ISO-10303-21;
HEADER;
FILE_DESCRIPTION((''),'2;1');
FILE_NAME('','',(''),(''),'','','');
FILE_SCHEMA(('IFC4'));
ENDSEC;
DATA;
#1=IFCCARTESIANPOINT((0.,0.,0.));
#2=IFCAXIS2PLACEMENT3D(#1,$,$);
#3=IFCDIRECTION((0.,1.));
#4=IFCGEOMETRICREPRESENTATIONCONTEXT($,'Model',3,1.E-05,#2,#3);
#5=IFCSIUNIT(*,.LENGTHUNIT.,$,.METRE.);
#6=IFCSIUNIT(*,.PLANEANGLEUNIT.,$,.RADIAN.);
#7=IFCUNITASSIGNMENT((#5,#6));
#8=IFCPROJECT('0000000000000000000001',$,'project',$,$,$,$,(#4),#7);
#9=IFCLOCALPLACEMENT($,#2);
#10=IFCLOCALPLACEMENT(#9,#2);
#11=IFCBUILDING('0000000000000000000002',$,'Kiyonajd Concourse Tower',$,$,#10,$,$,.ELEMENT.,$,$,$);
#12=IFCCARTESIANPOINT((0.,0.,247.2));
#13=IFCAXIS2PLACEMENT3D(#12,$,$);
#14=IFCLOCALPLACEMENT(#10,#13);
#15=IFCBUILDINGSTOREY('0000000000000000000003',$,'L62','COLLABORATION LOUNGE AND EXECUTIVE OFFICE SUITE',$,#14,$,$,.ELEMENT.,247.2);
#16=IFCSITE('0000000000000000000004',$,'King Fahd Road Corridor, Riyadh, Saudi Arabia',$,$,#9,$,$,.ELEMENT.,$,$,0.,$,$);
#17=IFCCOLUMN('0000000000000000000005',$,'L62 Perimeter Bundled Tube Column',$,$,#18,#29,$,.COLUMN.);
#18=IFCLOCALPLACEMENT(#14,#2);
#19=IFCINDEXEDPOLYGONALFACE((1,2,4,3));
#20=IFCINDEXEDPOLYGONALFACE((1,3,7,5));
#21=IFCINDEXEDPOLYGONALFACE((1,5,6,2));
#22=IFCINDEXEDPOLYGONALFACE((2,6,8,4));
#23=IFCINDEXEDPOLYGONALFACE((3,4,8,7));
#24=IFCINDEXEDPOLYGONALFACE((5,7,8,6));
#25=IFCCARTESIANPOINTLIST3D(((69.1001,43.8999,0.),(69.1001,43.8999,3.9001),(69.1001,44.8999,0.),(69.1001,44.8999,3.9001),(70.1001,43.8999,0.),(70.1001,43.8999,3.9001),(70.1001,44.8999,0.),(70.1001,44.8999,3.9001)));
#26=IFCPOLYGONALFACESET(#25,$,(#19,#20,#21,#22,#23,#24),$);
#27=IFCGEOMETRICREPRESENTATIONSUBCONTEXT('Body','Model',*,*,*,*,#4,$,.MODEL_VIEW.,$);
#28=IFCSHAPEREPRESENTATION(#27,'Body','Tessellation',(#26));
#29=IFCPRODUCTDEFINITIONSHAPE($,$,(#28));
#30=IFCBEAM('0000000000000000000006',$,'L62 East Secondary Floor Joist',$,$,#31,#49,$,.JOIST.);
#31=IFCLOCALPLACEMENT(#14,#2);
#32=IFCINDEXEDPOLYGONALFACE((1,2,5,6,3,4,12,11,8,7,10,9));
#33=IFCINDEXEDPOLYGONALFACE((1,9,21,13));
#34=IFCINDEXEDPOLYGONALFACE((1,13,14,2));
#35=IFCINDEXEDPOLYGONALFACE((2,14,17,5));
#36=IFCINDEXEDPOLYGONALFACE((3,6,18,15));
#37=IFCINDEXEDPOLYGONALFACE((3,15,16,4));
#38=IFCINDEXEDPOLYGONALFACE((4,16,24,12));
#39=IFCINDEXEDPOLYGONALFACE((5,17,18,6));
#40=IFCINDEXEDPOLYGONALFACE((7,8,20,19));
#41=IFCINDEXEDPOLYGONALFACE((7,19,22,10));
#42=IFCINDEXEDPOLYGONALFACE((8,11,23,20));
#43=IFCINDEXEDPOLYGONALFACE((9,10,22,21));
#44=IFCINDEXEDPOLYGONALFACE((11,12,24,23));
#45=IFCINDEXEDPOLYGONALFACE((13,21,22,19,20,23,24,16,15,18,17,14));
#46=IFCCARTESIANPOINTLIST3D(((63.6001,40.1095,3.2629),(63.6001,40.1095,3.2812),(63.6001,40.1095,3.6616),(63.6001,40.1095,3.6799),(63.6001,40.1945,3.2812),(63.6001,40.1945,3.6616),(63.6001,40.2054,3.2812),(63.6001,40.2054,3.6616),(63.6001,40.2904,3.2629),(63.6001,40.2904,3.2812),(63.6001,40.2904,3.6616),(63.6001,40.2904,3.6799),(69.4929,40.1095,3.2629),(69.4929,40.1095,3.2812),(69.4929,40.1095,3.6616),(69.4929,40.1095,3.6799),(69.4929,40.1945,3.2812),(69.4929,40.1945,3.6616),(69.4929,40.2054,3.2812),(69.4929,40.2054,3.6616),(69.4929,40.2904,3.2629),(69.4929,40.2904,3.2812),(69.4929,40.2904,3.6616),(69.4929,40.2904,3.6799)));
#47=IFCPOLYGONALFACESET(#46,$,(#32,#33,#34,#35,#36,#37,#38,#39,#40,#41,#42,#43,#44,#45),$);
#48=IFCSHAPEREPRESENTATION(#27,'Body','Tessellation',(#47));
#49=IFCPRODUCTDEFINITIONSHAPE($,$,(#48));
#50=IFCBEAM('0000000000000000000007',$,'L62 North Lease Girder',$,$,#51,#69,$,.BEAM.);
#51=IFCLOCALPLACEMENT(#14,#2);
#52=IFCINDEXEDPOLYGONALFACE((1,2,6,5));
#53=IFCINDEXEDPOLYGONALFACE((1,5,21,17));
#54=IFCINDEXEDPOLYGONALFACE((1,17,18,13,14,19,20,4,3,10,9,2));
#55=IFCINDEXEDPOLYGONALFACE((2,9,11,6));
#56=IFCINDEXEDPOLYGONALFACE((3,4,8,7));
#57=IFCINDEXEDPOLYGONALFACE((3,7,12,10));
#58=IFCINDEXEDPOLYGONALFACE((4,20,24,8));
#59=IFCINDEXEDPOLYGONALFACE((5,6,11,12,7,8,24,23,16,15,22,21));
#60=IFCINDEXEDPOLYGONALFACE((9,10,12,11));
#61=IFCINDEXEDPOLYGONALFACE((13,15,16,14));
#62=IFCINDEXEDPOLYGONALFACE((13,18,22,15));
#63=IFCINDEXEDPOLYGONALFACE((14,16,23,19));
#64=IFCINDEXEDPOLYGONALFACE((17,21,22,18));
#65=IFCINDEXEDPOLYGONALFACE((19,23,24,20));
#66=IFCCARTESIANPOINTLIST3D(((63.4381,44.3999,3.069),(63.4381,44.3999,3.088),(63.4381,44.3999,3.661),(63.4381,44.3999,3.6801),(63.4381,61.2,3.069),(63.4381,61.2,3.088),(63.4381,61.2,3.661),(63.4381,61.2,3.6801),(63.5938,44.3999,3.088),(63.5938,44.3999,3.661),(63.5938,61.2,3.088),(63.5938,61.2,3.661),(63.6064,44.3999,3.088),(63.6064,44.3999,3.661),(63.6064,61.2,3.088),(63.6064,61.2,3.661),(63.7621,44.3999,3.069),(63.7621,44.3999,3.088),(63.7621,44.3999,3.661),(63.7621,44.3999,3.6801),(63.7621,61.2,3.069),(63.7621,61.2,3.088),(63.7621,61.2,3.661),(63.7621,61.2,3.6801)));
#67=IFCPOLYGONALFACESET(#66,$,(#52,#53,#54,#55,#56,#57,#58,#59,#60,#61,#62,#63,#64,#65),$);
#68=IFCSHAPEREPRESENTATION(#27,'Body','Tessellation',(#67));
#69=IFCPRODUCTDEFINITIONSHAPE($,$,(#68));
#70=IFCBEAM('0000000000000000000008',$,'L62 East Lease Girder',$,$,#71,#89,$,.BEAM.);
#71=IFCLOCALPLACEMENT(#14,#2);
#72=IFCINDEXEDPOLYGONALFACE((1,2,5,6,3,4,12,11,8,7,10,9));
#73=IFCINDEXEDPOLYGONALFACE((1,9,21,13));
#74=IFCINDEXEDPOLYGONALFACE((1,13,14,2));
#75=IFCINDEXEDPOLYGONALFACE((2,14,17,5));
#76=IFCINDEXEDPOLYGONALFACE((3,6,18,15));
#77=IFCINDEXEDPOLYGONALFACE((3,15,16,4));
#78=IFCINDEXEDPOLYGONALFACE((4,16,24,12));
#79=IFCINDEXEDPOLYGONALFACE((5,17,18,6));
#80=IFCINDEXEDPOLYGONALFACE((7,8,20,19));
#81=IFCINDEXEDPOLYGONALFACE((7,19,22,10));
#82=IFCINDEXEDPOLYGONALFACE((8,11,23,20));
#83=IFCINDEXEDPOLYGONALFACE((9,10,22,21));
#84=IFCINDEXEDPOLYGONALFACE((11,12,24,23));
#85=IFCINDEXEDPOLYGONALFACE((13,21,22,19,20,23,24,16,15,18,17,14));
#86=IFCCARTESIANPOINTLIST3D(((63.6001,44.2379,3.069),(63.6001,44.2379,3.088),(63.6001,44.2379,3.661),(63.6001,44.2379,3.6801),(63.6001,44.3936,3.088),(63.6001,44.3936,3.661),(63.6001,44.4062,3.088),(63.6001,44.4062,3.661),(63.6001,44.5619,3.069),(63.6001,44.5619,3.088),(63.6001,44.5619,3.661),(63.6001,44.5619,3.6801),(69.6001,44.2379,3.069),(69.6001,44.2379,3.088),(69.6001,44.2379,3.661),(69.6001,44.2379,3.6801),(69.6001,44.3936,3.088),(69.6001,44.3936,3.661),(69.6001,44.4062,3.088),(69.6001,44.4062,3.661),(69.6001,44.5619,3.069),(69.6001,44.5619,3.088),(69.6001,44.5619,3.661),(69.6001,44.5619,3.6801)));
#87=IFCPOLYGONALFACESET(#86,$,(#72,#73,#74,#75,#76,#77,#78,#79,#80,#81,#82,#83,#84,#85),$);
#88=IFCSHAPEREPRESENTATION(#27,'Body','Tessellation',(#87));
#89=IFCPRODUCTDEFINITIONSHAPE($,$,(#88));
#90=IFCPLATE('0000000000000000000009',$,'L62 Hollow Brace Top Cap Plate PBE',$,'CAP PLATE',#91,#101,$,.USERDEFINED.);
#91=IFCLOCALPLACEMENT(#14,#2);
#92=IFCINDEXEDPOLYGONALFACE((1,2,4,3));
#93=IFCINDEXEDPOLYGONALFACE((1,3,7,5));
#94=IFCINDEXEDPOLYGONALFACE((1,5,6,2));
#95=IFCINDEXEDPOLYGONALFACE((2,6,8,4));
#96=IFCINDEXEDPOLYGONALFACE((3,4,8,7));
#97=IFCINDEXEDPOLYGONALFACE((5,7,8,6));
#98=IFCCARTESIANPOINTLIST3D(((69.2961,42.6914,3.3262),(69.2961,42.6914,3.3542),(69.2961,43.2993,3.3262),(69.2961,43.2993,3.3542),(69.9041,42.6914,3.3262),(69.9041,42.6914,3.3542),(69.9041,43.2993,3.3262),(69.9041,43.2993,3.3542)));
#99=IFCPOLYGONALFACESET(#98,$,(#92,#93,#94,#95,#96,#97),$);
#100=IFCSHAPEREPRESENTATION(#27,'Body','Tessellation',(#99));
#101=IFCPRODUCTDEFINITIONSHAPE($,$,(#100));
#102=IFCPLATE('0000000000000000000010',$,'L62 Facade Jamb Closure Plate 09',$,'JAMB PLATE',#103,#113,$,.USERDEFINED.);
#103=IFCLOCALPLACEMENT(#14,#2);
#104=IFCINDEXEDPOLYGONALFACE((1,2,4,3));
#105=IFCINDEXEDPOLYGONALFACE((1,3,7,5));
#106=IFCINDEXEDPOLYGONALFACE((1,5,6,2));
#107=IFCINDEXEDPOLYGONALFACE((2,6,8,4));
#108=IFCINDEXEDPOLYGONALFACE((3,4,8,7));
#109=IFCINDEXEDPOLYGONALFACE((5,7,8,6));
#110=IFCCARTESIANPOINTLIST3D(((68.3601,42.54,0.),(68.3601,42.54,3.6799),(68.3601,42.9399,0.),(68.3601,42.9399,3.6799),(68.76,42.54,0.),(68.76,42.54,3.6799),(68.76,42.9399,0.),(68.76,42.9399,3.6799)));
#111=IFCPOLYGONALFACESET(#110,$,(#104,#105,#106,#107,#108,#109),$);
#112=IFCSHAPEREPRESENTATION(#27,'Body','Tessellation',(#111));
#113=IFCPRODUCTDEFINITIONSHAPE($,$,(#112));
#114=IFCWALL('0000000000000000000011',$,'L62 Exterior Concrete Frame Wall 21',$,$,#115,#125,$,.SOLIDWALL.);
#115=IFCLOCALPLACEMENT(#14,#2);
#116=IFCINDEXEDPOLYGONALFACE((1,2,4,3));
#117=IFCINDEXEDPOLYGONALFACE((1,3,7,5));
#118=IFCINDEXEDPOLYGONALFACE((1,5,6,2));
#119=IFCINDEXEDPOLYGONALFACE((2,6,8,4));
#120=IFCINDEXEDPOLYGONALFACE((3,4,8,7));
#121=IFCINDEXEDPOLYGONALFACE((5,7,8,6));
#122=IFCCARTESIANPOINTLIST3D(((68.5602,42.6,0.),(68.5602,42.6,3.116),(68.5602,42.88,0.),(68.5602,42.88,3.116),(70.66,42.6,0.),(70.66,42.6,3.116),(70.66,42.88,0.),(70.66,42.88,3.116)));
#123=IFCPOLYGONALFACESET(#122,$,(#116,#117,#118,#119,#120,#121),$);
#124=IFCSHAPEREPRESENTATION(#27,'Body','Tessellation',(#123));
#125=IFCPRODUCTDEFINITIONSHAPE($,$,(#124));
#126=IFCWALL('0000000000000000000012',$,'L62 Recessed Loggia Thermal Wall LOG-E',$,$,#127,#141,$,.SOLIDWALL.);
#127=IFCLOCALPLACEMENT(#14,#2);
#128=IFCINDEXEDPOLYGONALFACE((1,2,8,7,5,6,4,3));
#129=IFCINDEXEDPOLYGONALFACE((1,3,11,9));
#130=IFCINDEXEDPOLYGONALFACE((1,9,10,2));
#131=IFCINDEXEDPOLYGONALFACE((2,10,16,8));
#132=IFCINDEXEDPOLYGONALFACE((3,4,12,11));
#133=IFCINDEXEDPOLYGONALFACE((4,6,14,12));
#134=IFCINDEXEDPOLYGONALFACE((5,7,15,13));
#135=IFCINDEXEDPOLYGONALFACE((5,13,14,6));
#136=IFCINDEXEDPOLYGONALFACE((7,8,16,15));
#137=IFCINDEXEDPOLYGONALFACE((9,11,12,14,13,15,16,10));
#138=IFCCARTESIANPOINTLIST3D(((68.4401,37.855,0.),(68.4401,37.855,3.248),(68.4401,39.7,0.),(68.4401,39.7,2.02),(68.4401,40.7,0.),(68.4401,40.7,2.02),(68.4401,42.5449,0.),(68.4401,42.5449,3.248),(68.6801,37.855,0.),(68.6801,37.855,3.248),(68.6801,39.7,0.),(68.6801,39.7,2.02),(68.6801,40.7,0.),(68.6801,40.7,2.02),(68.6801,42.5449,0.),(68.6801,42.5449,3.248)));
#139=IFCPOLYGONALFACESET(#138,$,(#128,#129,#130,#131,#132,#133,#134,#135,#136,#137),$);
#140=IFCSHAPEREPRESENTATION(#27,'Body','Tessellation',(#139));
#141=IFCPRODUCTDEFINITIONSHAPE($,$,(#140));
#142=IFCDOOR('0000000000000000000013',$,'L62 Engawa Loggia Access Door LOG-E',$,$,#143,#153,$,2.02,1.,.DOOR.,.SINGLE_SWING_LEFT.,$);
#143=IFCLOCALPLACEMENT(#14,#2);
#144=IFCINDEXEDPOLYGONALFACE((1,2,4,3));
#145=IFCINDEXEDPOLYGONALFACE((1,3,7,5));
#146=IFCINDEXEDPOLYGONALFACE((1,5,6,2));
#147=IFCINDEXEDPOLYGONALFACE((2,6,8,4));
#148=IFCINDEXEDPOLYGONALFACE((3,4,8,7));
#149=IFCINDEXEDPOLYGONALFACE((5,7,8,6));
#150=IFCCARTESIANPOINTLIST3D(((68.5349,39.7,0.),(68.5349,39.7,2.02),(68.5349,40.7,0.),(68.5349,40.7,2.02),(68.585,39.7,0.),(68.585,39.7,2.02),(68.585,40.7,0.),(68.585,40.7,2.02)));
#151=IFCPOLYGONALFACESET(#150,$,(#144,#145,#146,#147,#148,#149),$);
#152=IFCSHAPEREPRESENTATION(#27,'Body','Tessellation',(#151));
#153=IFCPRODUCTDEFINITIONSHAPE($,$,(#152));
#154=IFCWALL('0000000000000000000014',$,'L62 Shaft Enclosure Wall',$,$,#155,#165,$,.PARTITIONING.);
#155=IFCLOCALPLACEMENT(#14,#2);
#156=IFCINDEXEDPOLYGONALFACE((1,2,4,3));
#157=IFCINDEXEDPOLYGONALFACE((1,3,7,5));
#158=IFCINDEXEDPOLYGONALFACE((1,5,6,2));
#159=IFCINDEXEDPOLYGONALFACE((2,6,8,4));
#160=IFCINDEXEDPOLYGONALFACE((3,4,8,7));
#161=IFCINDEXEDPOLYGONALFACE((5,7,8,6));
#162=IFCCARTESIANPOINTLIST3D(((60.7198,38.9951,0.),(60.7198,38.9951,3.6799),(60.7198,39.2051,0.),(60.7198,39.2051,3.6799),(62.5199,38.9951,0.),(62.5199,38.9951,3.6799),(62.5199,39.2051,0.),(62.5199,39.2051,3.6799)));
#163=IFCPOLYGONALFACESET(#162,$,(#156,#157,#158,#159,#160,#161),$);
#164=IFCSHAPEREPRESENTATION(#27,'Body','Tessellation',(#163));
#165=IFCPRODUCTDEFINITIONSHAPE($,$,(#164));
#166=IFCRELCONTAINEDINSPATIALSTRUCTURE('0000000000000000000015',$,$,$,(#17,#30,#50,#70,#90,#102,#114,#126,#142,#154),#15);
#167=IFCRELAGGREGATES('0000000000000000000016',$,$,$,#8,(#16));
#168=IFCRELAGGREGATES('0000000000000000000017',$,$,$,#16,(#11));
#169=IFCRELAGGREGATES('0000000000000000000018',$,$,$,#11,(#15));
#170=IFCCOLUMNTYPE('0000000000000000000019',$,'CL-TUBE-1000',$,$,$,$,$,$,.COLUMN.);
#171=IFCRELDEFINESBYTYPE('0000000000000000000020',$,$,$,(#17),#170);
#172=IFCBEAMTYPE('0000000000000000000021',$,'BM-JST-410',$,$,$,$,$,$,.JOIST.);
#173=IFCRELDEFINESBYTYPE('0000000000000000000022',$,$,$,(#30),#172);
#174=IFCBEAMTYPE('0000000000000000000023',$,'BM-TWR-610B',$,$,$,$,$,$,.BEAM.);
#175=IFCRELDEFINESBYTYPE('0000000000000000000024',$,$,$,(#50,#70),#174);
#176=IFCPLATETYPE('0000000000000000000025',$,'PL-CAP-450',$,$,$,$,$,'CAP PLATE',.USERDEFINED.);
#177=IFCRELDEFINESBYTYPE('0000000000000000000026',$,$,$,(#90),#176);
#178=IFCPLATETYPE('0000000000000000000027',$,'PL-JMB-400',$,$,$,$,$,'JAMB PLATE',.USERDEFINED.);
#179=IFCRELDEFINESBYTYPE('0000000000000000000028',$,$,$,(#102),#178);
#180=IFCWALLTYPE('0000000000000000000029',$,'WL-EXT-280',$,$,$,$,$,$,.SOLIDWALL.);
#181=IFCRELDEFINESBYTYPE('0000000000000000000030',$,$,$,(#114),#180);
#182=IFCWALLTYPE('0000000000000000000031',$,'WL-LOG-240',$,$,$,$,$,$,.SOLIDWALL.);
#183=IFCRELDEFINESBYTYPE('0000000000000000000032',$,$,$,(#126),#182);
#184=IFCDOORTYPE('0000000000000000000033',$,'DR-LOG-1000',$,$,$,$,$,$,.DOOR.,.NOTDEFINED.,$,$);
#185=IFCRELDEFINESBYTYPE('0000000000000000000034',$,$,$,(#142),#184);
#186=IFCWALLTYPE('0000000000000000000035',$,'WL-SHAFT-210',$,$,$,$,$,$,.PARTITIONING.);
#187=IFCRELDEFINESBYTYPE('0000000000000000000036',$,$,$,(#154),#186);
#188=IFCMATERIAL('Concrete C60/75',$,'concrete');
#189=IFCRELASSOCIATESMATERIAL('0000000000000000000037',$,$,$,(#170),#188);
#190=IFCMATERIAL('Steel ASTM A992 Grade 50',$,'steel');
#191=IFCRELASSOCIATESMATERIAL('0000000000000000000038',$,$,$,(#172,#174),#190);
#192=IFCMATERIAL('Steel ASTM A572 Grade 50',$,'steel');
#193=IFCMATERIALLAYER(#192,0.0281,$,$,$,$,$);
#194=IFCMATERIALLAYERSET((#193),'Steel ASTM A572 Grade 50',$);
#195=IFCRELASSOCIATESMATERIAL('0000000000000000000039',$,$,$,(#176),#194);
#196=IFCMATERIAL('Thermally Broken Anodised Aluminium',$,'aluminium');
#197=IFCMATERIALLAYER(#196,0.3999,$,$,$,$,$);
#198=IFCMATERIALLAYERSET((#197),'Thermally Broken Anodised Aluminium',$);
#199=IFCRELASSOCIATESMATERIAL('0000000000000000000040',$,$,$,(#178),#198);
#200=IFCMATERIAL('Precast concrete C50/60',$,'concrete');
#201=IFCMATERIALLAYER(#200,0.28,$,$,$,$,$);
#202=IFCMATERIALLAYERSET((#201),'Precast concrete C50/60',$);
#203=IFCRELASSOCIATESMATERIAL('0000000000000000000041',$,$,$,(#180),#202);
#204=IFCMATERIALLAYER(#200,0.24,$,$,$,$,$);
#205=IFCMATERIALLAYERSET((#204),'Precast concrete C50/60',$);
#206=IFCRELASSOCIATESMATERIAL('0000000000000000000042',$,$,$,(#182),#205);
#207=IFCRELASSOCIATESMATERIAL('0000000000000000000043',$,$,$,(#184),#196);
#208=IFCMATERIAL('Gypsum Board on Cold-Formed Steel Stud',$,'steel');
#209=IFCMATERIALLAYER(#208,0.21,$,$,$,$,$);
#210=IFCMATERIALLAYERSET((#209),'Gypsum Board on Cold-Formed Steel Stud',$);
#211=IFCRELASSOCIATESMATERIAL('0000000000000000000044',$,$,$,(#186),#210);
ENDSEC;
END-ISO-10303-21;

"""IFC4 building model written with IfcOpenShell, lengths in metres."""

from ifc_helpers import new_model, si_unit, direction, frame, frame_2d, origin, origin_2d, place, context, subcontext, project, spatial, rectangle, i_section, extrude, material, layer, layer_set, material_profile, profile_set, type_object, element, fill, save


model = new_model("IFC4")

# Units and contexts
model_context = context("Model", 3, precision=1e-05, world=origin(), true_north=direction((0.0, 1.0)))
body_context = subcontext(model_context, "Body", "Model", "MODEL_VIEW")
ifc_project = project(units=[si_unit("LENGTHUNIT", "METRE"), si_unit("PLANEANGLEUNIT", "RADIAN")], contexts=[model_context])

# Site, building, storey
site_placement = place(None, origin())
site = spatial("IfcSite", under=ifc_project, at=site_placement, Name="King Fahd Road Corridor, Riyadh, Saudi Arabia", CompositionType="ELEMENT", RefElevation=0.0)
building_placement = place(site_placement, origin())
building = spatial("IfcBuilding", under=site, at=building_placement, Name="Kiyonajd Concourse Tower", CompositionType="ELEMENT")
storey_placement = place(building_placement, frame((0.0, 0.0, 247.2)))
storey = spatial("IfcBuildingStorey", under=building, at=storey_placement, Name="L62", Description="COLLABORATION LOUNGE AND EXECUTIVE OFFICE SUITE", CompositionType="ELEMENT", Elevation=247.2)

# Column
ifc_material_1 = material(Name="Concrete C60/75", Category="concrete")
ifc_material_profile_1 = material_profile(ifc_material_1, rectangle(XDim=1.0, YDim=1.0, at=origin_2d()), Name="RC-1000x1000")
ifc_profile_set_1 = profile_set([ifc_material_profile_1], Name="Concrete C60/75")
column_type = type_object("IfcColumnType", Name="CL-TUBE-1000", PredefinedType="COLUMN", material=ifc_profile_set_1)
column_placement = place(storey_placement, frame((69.6001, 44.3999, 0.0), z_axis=(0.0, 0.0, 1.0), x_axis=(1.0, 0.0, 0.0)))
element("IfcColumn", 1, at=column_placement, inside=storey, type_object=column_type, Name="L62 Perimeter Bundled Tube Column", PredefinedType="COLUMN", context=body_context, shape_type="SweptSolid", body=[
    extrude(rectangle(XDim=1.0, YDim=1.0, at=origin_2d()), origin(), (0.0, 0.0, 1.0), 3.9001),
])

# Beams
ifc_material_2 = material(Name="Steel ASTM A992 Grade 50", Category="steel")
ifc_material_profile_2 = material_profile(ifc_material_2, i_section(OverallWidth=0.1809, OverallDepth=0.417, WebThickness=0.011, FlangeThickness=0.0183, at=origin_2d()), Name="W410X85")
ifc_profile_set_2 = profile_set([ifc_material_profile_2], Name="Steel ASTM A992 Grade 50")
beam_type_1 = type_object("IfcBeamType", Name="BM-JST-410", PredefinedType="JOIST", material=ifc_profile_set_2)
beam_1_placement = place(storey_placement, frame((63.6001, 40.2, 3.4714), z_axis=(1.0, 0.0, 0.0), x_axis=(0.0, 1.0, 0.0)))
element("IfcBeam", 2, at=beam_1_placement, inside=storey, type_object=beam_type_1, Name="L62 East Secondary Floor Joist", PredefinedType="JOIST", context=body_context, shape_type="SweptSolid", body=[
    extrude(i_section(OverallWidth=0.1809, OverallDepth=0.417, WebThickness=0.011, FlangeThickness=0.0183, at=origin_2d()), origin(), (0.0, 0.0, 1.0), 5.8928),
])
ifc_material_profile_3 = material_profile(ifc_material_2, i_section(OverallWidth=0.324, OverallDepth=0.6111, WebThickness=0.0127, FlangeThickness=0.019, at=origin_2d()), Name="W610X155")
ifc_profile_set_3 = profile_set([ifc_material_profile_3], Name="Steel ASTM A992 Grade 50")
beam_type_2 = type_object("IfcBeamType", Name="BM-TWR-610B", PredefinedType="BEAM", material=ifc_profile_set_3)
beam_2_placement = place(storey_placement, frame((63.6001, 44.3999, 3.3745), z_axis=(0.0, 1.0, 0.0), x_axis=(-1.0, 0.0, 0.0)))
element("IfcBeam", 3, at=beam_2_placement, inside=storey, type_object=beam_type_2, Name="L62 North Lease Girder", PredefinedType="BEAM", context=body_context, shape_type="SweptSolid", body=[
    extrude(i_section(OverallWidth=0.324, OverallDepth=0.6111, WebThickness=0.0127, FlangeThickness=0.019, at=origin_2d()), origin(), (0.0, 0.0, 1.0), 16.8),
])
beam_3_placement = place(storey_placement, frame((63.6001, 44.3999, 3.3745), z_axis=(1.0, 0.0, 0.0), x_axis=(0.0, 1.0, 0.0)))
element("IfcBeam", 4, at=beam_3_placement, inside=storey, type_object=beam_type_2, Name="L62 East Lease Girder", PredefinedType="BEAM", context=body_context, shape_type="SweptSolid", body=[
    extrude(i_section(OverallWidth=0.324, OverallDepth=0.6111, WebThickness=0.0127, FlangeThickness=0.019, at=origin_2d()), origin(), (0.0, 0.0, 1.0), 6.0),
])

# Plates
ifc_material_3 = material(Name="Steel ASTM A572 Grade 50", Category="steel")
ifc_layer_1 = layer(ifc_material_3, 0.0281)
ifc_layer_set_1 = layer_set([ifc_layer_1], Name="Steel ASTM A572 Grade 50")
plate_type_1 = type_object("IfcPlateType", Name="PL-CAP-450", ElementType="CAP PLATE", PredefinedType="USERDEFINED", material=ifc_layer_set_1)
plate_1_placement = place(storey_placement, frame((69.6001, 42.9954, 3.3262), z_axis=(0.0, 0.0, 1.0), x_axis=(1.0, 0.0, 0.0)))
element("IfcPlate", 5, at=plate_1_placement, inside=storey, type_object=plate_type_1, Name="L62 Hollow Brace Top Cap Plate PBE", ObjectType="CAP PLATE", PredefinedType="USERDEFINED", context=body_context, shape_type="SweptSolid", body=[
    extrude(rectangle(XDim=0.6079, YDim=0.6079, at=origin_2d()), origin(), (0.0, 0.0, 1.0), 0.0281),
])
ifc_material_4 = material(Name="Thermally Broken Anodised Aluminium", Category="aluminium")
ifc_layer_2 = layer(ifc_material_4, 0.3999)
ifc_layer_set_2 = layer_set([ifc_layer_2], Name="Thermally Broken Anodised Aluminium")
plate_type_2 = type_object("IfcPlateType", Name="PL-JMB-400", ElementType="JAMB PLATE", PredefinedType="USERDEFINED", material=ifc_layer_set_2)
plate_2_placement = place(storey_placement, frame((68.5601, 42.74, 0.0), z_axis=(0.0, 0.0, 1.0), x_axis=(1.0, 0.0, 0.0)))
element("IfcPlate", 6, at=plate_2_placement, inside=storey, type_object=plate_type_2, Name="L62 Facade Jamb Closure Plate 09", ObjectType="JAMB PLATE", PredefinedType="USERDEFINED", context=body_context, shape_type="SweptSolid", body=[
    extrude(rectangle(XDim=0.3999, YDim=0.3999, at=origin_2d()), origin(), (0.0, 0.0, 1.0), 3.6799),
])

# Wall
ifc_material_5 = material(Name="Precast concrete C50/60", Category="concrete")
ifc_layer_3 = layer(ifc_material_5, 0.28)
ifc_layer_set_3 = layer_set([ifc_layer_3], Name="Precast concrete C50/60")
wall_type_1 = type_object("IfcWallType", Name="WL-EXT-280", PredefinedType="SOLIDWALL", material=ifc_layer_set_3)
wall_1_placement = place(storey_placement, frame((70.6599, 42.74, 0.0), z_axis=(0.0, 0.0, 1.0), x_axis=(-1.0, 0.0, 0.0)))
element("IfcWall", 7, at=wall_1_placement, inside=storey, type_object=wall_type_1, Name="L62 Exterior Concrete Frame Wall 21", PredefinedType="SOLIDWALL", context=body_context, shape_type="SweptSolid", body=[
    extrude(rectangle(XDim=2.0999, YDim=0.28, at=frame_2d((1.0498, 0.0))), origin(), (0.0, 0.0, 1.0), 3.116),
])

# Wall, opening, door
ifc_layer_4 = layer(ifc_material_5, 0.24)
ifc_layer_set_4 = layer_set([ifc_layer_4], Name="Precast concrete C50/60")
wall_type_2 = type_object("IfcWallType", Name="WL-LOG-240", PredefinedType="SOLIDWALL", material=ifc_layer_set_4)
wall_2_placement = place(storey_placement, frame((68.5601, 42.5449, 0.0), z_axis=(0.0, 0.0, 1.0), x_axis=(0.0, -1.0, 0.0)))
wall_2 = element("IfcWall", 8, at=wall_2_placement, inside=storey, type_object=wall_type_2, Name="L62 Recessed Loggia Thermal Wall LOG-E", PredefinedType="SOLIDWALL", context=body_context, shape_type="SweptSolid", body=[
    extrude(rectangle(XDim=4.6899, YDim=0.24, at=frame_2d((2.345, 0.0))), origin(), (0.0, 0.0, 1.0), 3.248),
])
opening_placement = place(wall_2_placement, frame((1.845, 0.0, 0.0)))
opening = element("IfcOpeningElement", 9, at=opening_placement, cuts=wall_2, PredefinedType="OPENING", context=body_context, shape_type="SweptSolid", body=[
    extrude(rectangle(XDim=1.0, YDim=2.02, at=frame_2d((0.5, 1.01))), frame((0.0, 0.1299, 0.0), z_axis=(0.0, -1.0, 0.0), x_axis=(1.0, 0.0, 0.0)), (0.0, 0.0, 1.0), 0.26),
])
door_type = type_object("IfcDoorType", Name="DR-LOG-1000", OperationType="NOTDEFINED", PredefinedType="DOOR", material=ifc_material_4)
door_placement = place(opening_placement, origin())
door = element("IfcDoor", 10, at=door_placement, inside=storey, type_object=door_type, Name="L62 Engawa Loggia Access Door LOG-E", OperationType="SINGLE_SWING_LEFT", OverallHeight=2.02, OverallWidth=1.0, PredefinedType="DOOR", context=body_context, shape_type="SweptSolid", body=[
    extrude(rectangle(XDim=1.0, YDim=2.02, at=frame_2d((0.5, 1.01))), frame((0.0, 0.0249, 0.0), z_axis=(0.0, -1.0, 0.0), x_axis=(1.0, 0.0, 0.0)), (0.0, 0.0, 1.0), 0.05),
])
fill(opening, door)

# Wall
ifc_material_6 = material(Name="Gypsum Board on Cold-Formed Steel Stud", Category="steel")
ifc_layer_5 = layer(ifc_material_6, 0.21)
ifc_layer_set_5 = layer_set([ifc_layer_5], Name="Gypsum Board on Cold-Formed Steel Stud")
wall_type_3 = type_object("IfcWallType", Name="WL-SHAFT-210", PredefinedType="PARTITIONING", material=ifc_layer_set_5)
wall_3_placement = place(storey_placement, frame((60.72, 39.1001, 0.0), z_axis=(0.0, 0.0, 1.0), x_axis=(1.0, 0.0, 0.0)))
element("IfcWall", 11, at=wall_3_placement, inside=storey, type_object=wall_type_3, Name="L62 Shaft Enclosure Wall", PredefinedType="PARTITIONING", context=body_context, shape_type="SweptSolid", body=[
    extrude(rectangle(XDim=1.8, YDim=0.21, at=frame_2d((0.8999, 0.0))), origin(), (0.0, 0.0, 1.0), 3.6799),
])

save(model, "model.ifc")
